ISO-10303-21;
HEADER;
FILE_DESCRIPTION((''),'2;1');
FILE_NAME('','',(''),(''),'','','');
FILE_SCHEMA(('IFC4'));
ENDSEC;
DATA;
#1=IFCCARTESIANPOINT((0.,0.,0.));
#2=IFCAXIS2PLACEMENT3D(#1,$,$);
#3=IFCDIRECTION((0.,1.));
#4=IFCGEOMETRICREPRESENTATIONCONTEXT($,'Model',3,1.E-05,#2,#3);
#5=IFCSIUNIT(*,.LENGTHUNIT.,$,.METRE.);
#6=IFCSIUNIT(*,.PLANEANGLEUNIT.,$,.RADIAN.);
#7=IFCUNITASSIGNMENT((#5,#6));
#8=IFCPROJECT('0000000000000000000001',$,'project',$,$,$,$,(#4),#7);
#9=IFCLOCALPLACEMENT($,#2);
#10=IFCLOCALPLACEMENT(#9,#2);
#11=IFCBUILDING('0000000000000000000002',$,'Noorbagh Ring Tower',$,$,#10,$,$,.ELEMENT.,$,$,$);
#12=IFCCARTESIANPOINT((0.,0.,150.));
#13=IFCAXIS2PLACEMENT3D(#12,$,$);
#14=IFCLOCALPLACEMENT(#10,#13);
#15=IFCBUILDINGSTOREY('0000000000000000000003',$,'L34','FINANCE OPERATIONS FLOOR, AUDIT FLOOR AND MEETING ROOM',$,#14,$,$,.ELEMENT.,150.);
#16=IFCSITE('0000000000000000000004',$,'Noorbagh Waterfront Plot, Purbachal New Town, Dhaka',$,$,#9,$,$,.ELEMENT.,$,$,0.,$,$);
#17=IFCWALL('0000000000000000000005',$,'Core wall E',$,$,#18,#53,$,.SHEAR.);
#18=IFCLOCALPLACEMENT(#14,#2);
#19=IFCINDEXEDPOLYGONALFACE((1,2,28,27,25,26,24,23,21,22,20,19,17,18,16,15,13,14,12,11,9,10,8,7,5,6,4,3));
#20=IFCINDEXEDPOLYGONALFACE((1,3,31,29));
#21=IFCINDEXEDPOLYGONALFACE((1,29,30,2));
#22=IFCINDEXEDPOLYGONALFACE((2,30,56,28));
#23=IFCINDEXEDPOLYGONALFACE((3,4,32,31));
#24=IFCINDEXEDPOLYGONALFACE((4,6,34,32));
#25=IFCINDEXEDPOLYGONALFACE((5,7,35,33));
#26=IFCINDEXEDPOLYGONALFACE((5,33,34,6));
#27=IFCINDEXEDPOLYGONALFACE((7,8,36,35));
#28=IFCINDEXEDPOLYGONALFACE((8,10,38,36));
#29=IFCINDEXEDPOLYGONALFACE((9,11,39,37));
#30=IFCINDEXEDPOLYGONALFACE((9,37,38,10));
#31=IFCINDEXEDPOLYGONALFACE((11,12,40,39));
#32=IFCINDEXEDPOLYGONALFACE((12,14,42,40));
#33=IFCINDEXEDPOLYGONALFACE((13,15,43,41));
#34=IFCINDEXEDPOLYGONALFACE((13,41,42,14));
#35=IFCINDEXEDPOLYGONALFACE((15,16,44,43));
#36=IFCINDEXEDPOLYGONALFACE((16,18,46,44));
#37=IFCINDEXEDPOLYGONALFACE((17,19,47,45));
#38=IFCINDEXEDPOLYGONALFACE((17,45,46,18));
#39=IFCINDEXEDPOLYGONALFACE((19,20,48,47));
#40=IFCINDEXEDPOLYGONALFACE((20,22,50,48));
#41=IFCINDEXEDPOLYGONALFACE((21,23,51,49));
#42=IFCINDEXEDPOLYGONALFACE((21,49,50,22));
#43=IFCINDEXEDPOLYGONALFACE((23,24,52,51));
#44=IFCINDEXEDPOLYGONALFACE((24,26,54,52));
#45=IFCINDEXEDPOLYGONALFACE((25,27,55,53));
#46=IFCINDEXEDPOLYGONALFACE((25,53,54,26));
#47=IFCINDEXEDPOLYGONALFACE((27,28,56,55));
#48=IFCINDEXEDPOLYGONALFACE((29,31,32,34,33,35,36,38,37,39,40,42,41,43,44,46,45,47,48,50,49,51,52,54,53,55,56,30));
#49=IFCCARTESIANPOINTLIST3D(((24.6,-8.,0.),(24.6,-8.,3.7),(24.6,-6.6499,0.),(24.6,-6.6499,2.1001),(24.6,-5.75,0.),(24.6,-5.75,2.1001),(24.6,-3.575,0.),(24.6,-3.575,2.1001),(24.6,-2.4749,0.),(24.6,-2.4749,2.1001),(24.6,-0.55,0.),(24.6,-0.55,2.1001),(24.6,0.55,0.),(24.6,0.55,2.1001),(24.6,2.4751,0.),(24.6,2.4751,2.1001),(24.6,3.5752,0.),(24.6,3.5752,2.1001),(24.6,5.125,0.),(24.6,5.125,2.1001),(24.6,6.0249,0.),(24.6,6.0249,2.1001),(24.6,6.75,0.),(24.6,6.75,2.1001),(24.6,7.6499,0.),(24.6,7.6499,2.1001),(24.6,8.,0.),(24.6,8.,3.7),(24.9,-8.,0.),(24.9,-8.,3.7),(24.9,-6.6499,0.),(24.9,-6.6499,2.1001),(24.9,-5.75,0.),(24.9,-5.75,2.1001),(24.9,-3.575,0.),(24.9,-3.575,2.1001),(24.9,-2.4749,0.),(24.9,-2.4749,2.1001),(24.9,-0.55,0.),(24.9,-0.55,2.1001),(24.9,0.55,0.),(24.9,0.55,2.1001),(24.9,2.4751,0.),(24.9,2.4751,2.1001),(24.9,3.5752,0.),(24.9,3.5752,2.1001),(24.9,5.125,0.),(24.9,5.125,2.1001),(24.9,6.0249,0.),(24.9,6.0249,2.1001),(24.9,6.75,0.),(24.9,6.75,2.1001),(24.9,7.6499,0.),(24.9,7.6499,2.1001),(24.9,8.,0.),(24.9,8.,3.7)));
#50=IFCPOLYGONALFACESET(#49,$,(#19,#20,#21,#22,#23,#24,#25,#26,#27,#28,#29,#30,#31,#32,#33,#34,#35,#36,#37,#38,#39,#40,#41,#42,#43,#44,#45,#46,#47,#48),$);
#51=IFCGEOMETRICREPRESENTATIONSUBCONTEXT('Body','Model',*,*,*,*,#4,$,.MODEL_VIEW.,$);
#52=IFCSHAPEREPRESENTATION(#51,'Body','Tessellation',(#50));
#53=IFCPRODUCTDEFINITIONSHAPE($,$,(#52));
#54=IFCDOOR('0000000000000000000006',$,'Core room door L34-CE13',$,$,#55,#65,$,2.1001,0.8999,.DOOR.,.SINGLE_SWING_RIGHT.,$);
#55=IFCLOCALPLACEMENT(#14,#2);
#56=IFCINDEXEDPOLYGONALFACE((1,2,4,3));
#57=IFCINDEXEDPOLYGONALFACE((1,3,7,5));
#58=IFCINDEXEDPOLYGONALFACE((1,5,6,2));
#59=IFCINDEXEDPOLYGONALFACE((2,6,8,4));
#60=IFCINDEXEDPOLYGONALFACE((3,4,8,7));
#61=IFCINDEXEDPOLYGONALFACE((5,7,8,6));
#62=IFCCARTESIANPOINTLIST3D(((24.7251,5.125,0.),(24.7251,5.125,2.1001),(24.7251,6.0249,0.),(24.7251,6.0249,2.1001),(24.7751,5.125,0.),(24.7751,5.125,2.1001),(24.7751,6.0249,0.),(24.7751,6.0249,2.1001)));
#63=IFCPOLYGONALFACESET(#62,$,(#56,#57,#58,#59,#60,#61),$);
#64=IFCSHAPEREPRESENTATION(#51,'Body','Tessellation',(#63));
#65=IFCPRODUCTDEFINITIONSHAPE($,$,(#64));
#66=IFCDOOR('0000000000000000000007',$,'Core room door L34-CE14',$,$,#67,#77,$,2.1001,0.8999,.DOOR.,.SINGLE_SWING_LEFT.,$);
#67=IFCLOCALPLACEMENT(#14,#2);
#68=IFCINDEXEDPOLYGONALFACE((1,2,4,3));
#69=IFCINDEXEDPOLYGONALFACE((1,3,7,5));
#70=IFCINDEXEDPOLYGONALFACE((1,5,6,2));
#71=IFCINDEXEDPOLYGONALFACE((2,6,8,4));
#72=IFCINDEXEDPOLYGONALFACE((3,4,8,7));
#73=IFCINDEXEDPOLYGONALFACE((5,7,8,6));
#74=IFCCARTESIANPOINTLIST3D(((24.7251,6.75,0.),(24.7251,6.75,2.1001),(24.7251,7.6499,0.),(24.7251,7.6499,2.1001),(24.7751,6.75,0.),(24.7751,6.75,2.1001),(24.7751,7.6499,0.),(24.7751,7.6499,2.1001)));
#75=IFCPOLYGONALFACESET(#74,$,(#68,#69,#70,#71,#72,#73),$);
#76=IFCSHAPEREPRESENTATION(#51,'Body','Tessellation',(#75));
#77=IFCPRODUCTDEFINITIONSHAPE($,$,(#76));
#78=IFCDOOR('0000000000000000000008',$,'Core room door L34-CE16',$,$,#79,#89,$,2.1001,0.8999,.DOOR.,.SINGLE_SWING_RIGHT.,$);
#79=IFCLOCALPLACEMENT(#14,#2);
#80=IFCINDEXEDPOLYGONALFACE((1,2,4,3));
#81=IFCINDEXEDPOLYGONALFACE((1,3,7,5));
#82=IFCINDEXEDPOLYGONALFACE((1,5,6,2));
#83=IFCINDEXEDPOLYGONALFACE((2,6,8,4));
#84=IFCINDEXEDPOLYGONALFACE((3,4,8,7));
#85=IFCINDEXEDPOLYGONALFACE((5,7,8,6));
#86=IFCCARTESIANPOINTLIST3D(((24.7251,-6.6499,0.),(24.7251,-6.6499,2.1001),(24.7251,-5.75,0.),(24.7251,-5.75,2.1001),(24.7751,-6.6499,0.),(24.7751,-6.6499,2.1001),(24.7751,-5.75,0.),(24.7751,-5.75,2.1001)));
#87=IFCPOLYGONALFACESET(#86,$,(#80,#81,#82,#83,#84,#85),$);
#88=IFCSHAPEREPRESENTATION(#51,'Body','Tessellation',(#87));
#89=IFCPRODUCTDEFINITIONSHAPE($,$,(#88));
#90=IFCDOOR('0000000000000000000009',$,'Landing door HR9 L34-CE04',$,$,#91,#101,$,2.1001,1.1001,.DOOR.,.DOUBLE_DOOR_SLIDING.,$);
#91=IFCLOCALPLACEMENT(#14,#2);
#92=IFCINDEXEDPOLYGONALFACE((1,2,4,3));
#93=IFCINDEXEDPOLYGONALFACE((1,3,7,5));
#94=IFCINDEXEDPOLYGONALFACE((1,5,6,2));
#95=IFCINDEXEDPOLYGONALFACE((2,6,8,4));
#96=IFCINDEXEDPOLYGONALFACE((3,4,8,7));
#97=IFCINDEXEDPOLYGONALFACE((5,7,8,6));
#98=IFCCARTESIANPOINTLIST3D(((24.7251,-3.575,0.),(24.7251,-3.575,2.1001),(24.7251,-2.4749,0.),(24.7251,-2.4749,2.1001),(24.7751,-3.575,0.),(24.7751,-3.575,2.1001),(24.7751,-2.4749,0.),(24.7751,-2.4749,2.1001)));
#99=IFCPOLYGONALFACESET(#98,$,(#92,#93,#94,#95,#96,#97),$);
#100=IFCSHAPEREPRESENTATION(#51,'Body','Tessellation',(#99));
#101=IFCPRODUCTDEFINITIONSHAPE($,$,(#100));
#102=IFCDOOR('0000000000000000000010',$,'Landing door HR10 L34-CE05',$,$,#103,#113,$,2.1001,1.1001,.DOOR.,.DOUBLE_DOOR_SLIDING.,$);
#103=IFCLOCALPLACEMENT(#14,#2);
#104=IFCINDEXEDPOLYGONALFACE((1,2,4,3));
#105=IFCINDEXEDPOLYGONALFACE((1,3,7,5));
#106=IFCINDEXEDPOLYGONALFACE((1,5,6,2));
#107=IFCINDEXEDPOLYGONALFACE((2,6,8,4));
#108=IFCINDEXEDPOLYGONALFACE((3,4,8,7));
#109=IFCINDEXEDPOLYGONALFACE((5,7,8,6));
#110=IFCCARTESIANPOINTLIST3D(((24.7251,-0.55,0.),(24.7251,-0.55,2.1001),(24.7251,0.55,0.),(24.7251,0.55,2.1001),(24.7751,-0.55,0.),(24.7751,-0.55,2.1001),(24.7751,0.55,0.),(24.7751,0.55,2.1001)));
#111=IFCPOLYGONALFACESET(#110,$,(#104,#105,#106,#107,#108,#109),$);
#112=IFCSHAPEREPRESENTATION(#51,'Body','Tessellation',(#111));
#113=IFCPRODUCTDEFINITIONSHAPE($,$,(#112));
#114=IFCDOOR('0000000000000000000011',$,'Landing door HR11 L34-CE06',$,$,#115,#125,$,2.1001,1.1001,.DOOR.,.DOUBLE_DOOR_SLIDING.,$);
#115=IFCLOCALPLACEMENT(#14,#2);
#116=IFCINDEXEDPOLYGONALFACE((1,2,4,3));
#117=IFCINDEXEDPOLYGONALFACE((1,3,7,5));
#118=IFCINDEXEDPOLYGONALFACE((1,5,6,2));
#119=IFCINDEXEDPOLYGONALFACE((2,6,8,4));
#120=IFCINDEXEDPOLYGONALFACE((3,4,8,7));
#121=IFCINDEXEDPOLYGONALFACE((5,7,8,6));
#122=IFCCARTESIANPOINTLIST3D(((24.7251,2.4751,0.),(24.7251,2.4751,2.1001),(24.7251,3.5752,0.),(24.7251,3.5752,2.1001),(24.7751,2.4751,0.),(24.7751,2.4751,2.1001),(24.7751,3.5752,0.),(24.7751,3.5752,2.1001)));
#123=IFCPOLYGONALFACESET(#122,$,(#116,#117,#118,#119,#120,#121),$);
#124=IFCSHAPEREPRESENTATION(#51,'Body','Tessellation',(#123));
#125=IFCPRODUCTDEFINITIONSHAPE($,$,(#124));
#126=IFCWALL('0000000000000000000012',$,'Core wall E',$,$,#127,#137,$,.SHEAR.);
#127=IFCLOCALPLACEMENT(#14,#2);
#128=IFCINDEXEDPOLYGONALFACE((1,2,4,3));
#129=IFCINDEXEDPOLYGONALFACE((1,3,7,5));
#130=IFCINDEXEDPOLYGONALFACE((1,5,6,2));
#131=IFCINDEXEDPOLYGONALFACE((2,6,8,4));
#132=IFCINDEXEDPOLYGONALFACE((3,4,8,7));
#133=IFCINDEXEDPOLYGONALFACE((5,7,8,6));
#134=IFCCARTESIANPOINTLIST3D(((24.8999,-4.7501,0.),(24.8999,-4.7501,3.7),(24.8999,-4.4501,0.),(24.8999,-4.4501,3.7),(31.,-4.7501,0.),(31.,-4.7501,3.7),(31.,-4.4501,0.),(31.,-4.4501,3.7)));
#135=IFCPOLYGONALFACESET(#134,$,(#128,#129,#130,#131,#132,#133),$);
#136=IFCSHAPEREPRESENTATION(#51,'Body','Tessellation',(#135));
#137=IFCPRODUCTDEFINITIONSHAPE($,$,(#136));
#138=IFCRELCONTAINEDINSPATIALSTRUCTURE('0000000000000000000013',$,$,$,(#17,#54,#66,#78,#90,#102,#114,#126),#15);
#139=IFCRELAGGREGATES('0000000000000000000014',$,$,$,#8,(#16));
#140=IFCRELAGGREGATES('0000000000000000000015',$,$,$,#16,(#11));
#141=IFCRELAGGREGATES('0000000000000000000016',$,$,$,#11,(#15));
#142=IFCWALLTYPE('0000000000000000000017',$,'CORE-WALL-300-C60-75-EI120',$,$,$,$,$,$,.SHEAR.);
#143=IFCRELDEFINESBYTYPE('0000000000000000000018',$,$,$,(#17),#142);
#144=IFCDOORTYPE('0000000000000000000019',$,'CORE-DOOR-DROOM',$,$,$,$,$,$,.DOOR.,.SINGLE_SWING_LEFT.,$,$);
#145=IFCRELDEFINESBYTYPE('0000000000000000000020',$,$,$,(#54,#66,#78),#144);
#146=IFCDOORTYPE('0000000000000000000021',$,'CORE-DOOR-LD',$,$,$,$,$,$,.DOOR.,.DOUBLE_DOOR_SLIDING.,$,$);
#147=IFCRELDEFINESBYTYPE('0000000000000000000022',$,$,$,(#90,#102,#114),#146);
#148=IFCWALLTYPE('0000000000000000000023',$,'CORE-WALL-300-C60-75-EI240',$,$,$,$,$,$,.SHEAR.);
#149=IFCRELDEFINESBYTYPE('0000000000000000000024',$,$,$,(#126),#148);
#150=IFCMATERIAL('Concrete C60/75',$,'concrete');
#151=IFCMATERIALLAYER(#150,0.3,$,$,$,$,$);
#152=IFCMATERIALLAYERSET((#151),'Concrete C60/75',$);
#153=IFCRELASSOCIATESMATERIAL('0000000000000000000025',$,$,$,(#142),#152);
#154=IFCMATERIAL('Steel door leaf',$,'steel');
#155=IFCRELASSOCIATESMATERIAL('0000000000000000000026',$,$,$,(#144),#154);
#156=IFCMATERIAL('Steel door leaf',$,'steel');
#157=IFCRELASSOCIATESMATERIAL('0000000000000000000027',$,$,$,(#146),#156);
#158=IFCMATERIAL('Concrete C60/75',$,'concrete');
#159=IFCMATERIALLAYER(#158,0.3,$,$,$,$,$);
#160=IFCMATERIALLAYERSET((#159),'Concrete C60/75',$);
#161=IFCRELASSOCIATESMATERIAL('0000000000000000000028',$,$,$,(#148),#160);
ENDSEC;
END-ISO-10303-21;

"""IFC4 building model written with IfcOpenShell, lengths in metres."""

from ifc_helpers import new_model, si_unit, direction, frame, frame_2d, origin, place, context, subcontext, project, spatial, rectangle, extrude, material, layer, layer_set, type_object, element, fill, save


model = new_model("IFC4")

# Units and contexts
model_context = context("Model", 3, precision=1e-05, world=origin(), true_north=direction((0.0, 1.0)))
body_context = subcontext(model_context, "Body", "Model", "MODEL_VIEW")
ifc_project = project(units=[si_unit("LENGTHUNIT", "METRE"), si_unit("PLANEANGLEUNIT", "RADIAN")], contexts=[model_context])

# Site, building, storey
site_placement = place(None, origin())
site = spatial("IfcSite", under=ifc_project, at=site_placement, Name="Noorbagh Waterfront Plot, Purbachal New Town, Dhaka", CompositionType="ELEMENT", RefElevation=0.0)
building_placement = place(site_placement, origin())
building = spatial("IfcBuilding", under=site, at=building_placement, Name="Noorbagh Ring Tower", CompositionType="ELEMENT")
storey_placement = place(building_placement, frame((0.0, 0.0, 150.0)))
storey = spatial("IfcBuildingStorey", under=building, at=storey_placement, Name="L34", Description="FINANCE OPERATIONS FLOOR, AUDIT FLOOR AND MEETING ROOM", CompositionType="ELEMENT", Elevation=150.0)

# Shared definitions
ifc_material_1 = material(Name="Concrete C60/75", Category="concrete")
ifc_layer_1 = layer(ifc_material_1, 0.3)
ifc_layer_set_1 = layer_set([ifc_layer_1], Name="Concrete C60/75")
wall_type_1 = type_object("IfcWallType", Name="CORE-WALL-300-C60-75-EI120", PredefinedType="SHEAR", material=ifc_layer_set_1)

# Wall, openings, doors
wall_1_placement = place(storey_placement, frame((24.75, -8.0, 0.0), z_axis=(0.0, 0.0, 1.0), x_axis=(0.0, 1.0, 0.0)))
wall_1 = element("IfcWall", 1, at=wall_1_placement, inside=storey, type_object=wall_type_1, Name="Core wall E", PredefinedType="SHEAR", context=body_context, shape_type="SweptSolid", body=[
    extrude(rectangle(XDim=16.0, YDim=0.3, at=frame_2d((8.0, 0.0))), origin(), (0.0, 0.0, 1.0), 3.7),
])
opening_1_placement = place(wall_1_placement, frame((4.425, 0.0, 0.0)))
opening_1 = element("IfcOpeningElement", 2, at=opening_1_placement, cuts=wall_1, PredefinedType="OPENING", context=body_context, shape_type="SweptSolid", body=[
    extrude(rectangle(XDim=1.1001, YDim=2.1001, at=frame_2d((0.55, 1.05))), frame((0.0, 0.1602, 0.0), z_axis=(0.0, -1.0, 0.0), x_axis=(1.0, 0.0, 0.0)), (0.0, 0.0, 1.0), 0.3201),
])
opening_2_placement = place(wall_1_placement, frame((7.45, 0.0, 0.0)))
opening_2 = element("IfcOpeningElement", 3, at=opening_2_placement, cuts=wall_1, PredefinedType="OPENING", context=body_context, shape_type="SweptSolid", body=[
    extrude(rectangle(XDim=1.1001, YDim=2.1001, at=frame_2d((0.55, 1.05))), frame((0.0, 0.1602, 0.0), z_axis=(0.0, -1.0, 0.0), x_axis=(1.0, 0.0, 0.0)), (0.0, 0.0, 1.0), 0.3201),
])
opening_3_placement = place(wall_1_placement, frame((10.4751, 0.0, 0.0)))
opening_3 = element("IfcOpeningElement", 4, at=opening_3_placement, cuts=wall_1, PredefinedType="OPENING", context=body_context, shape_type="SweptSolid", body=[
    extrude(rectangle(XDim=1.1001, YDim=2.1001, at=frame_2d((0.55, 1.05))), frame((0.0, 0.1602, 0.0), z_axis=(0.0, -1.0, 0.0), x_axis=(1.0, 0.0, 0.0)), (0.0, 0.0, 1.0), 0.3201),
])
opening_4_placement = place(wall_1_placement, frame((13.125, 0.0, 0.0)))
opening_4 = element("IfcOpeningElement", 5, at=opening_4_placement, cuts=wall_1, PredefinedType="OPENING", context=body_context, shape_type="SweptSolid", body=[
    extrude(rectangle(XDim=0.8999, YDim=2.1001, at=frame_2d((0.45, 1.05))), frame((0.0, 0.1602, 0.0), z_axis=(0.0, -1.0, 0.0), x_axis=(1.0, 0.0, 0.0)), (0.0, 0.0, 1.0), 0.3201),
])
opening_5_placement = place(wall_1_placement, frame((14.75, 0.0, 0.0)))
opening_5 = element("IfcOpeningElement", 6, at=opening_5_placement, cuts=wall_1, PredefinedType="OPENING", context=body_context, shape_type="SweptSolid", body=[
    extrude(rectangle(XDim=0.8999, YDim=2.1001, at=frame_2d((0.45, 1.05))), frame((0.0, 0.1602, 0.0), z_axis=(0.0, -1.0, 0.0), x_axis=(1.0, 0.0, 0.0)), (0.0, 0.0, 1.0), 0.3201),
])
opening_6_placement = place(wall_1_placement, frame((1.3501, 0.0, 0.0)))
opening_6 = element("IfcOpeningElement", 7, at=opening_6_placement, cuts=wall_1, PredefinedType="OPENING", context=body_context, shape_type="SweptSolid", body=[
    extrude(rectangle(XDim=0.8999, YDim=2.1001, at=frame_2d((0.45, 1.05))), frame((0.0, 0.1602, 0.0), z_axis=(0.0, -1.0, 0.0), x_axis=(1.0, 0.0, 0.0)), (0.0, 0.0, 1.0), 0.3201),
])
ifc_material_2 = material(Name="Steel door leaf", Category="steel")
door_type_1 = type_object("IfcDoorType", Name="CORE-DOOR-DROOM", OperationType="SINGLE_SWING_LEFT", PredefinedType="DOOR", material=ifc_material_2)
door_1_placement = place(opening_4_placement, origin())
door_1 = element("IfcDoor", 8, at=door_1_placement, inside=storey, type_object=door_type_1, Name="Core room door L34-CE13", OperationType="SINGLE_SWING_RIGHT", OverallHeight=2.1001, OverallWidth=0.8999, PredefinedType="DOOR", context=body_context, shape_type="SweptSolid", body=[
    extrude(rectangle(XDim=0.8999, YDim=2.1001, at=frame_2d((0.45, 1.05))), frame((0.0, 0.0249, 0.0), z_axis=(0.0, -1.0, 0.0), x_axis=(1.0, 0.0, 0.0)), (0.0, 0.0, 1.0), 0.05),
])
fill(opening_4, door_1)
door_2_placement = place(opening_5_placement, origin())
door_2 = element("IfcDoor", 9, at=door_2_placement, inside=storey, type_object=door_type_1, Name="Core room door L34-CE14", OperationType="SINGLE_SWING_LEFT", OverallHeight=2.1001, OverallWidth=0.8999, PredefinedType="DOOR", context=body_context, shape_type="SweptSolid", body=[
    extrude(rectangle(XDim=0.8999, YDim=2.1001, at=frame_2d((0.45, 1.05))), frame((0.0, 0.0249, 0.0), z_axis=(0.0, -1.0, 0.0), x_axis=(1.0, 0.0, 0.0)), (0.0, 0.0, 1.0), 0.05),
])
fill(opening_5, door_2)
door_3_placement = place(opening_6_placement, origin())
door_3 = element("IfcDoor", 10, at=door_3_placement, inside=storey, type_object=door_type_1, Name="Core room door L34-CE16", OperationType="SINGLE_SWING_RIGHT", OverallHeight=2.1001, OverallWidth=0.8999, PredefinedType="DOOR", context=body_context, shape_type="SweptSolid", body=[
    extrude(rectangle(XDim=0.8999, YDim=2.1001, at=frame_2d((0.45, 1.05))), frame((0.0, 0.0249, 0.0), z_axis=(0.0, -1.0, 0.0), x_axis=(1.0, 0.0, 0.0)), (0.0, 0.0, 1.0), 0.05),
])
fill(opening_6, door_3)
ifc_material_3 = material(Name="Steel door leaf", Category="steel")
door_type_2 = type_object("IfcDoorType", Name="CORE-DOOR-LD", OperationType="DOUBLE_DOOR_SLIDING", PredefinedType="DOOR", material=ifc_material_3)
door_4_placement = place(opening_1_placement, origin())
door_4 = element("IfcDoor", 11, at=door_4_placement, inside=storey, type_object=door_type_2, Name="Landing door HR9 L34-CE04", OperationType="DOUBLE_DOOR_SLIDING", OverallHeight=2.1001, OverallWidth=1.1001, PredefinedType="DOOR", context=body_context, shape_type="SweptSolid", body=[
    extrude(rectangle(XDim=1.1001, YDim=2.1001, at=frame_2d((0.55, 1.05))), frame((0.0, 0.0249, 0.0), z_axis=(0.0, -1.0, 0.0), x_axis=(1.0, 0.0, 0.0)), (0.0, 0.0, 1.0), 0.05),
])
fill(opening_1, door_4)
door_5_placement = place(opening_2_placement, origin())
door_5 = element("IfcDoor", 12, at=door_5_placement, inside=storey, type_object=door_type_2, Name="Landing door HR10 L34-CE05", OperationType="DOUBLE_DOOR_SLIDING", OverallHeight=2.1001, OverallWidth=1.1001, PredefinedType="DOOR", context=body_context, shape_type="SweptSolid", body=[
    extrude(rectangle(XDim=1.1001, YDim=2.1001, at=frame_2d((0.55, 1.05))), frame((0.0, 0.0249, 0.0), z_axis=(0.0, -1.0, 0.0), x_axis=(1.0, 0.0, 0.0)), (0.0, 0.0, 1.0), 0.05),
])
fill(opening_2, door_5)
door_6_placement = place(opening_3_placement, origin())
door_6 = element("IfcDoor", 13, at=door_6_placement, inside=storey, type_object=door_type_2, Name="Landing door HR11 L34-CE06", OperationType="DOUBLE_DOOR_SLIDING", OverallHeight=2.1001, OverallWidth=1.1001, PredefinedType="DOOR", context=body_context, shape_type="SweptSolid", body=[
    extrude(rectangle(XDim=1.1001, YDim=2.1001, at=frame_2d((0.55, 1.05))), frame((0.0, 0.0249, 0.0), z_axis=(0.0, -1.0, 0.0), x_axis=(1.0, 0.0, 0.0)), (0.0, 0.0, 1.0), 0.05),
])
fill(opening_3, door_6)

# Wall
ifc_material_4 = material(Name="Concrete C60/75", Category="concrete")
ifc_layer_2 = layer(ifc_material_4, 0.3)
ifc_layer_set_2 = layer_set([ifc_layer_2], Name="Concrete C60/75")
wall_type_2 = type_object("IfcWallType", Name="CORE-WALL-300-C60-75-EI240", PredefinedType="SHEAR", material=ifc_layer_set_2)
wall_2_placement = place(storey_placement, frame((24.8999, -4.6001, 0.0), z_axis=(0.0, 0.0, 1.0), x_axis=(1.0, 0.0, 0.0)))
element("IfcWall", 14, at=wall_2_placement, inside=storey, type_object=wall_type_2, Name="Core wall E", PredefinedType="SHEAR", context=body_context, shape_type="SweptSolid", body=[
    extrude(rectangle(XDim=6.1001, YDim=0.3, at=frame_2d((3.05, 0.0))), origin(), (0.0, 0.0, 1.0), 3.7),
])

save(model, "model.ifc")
